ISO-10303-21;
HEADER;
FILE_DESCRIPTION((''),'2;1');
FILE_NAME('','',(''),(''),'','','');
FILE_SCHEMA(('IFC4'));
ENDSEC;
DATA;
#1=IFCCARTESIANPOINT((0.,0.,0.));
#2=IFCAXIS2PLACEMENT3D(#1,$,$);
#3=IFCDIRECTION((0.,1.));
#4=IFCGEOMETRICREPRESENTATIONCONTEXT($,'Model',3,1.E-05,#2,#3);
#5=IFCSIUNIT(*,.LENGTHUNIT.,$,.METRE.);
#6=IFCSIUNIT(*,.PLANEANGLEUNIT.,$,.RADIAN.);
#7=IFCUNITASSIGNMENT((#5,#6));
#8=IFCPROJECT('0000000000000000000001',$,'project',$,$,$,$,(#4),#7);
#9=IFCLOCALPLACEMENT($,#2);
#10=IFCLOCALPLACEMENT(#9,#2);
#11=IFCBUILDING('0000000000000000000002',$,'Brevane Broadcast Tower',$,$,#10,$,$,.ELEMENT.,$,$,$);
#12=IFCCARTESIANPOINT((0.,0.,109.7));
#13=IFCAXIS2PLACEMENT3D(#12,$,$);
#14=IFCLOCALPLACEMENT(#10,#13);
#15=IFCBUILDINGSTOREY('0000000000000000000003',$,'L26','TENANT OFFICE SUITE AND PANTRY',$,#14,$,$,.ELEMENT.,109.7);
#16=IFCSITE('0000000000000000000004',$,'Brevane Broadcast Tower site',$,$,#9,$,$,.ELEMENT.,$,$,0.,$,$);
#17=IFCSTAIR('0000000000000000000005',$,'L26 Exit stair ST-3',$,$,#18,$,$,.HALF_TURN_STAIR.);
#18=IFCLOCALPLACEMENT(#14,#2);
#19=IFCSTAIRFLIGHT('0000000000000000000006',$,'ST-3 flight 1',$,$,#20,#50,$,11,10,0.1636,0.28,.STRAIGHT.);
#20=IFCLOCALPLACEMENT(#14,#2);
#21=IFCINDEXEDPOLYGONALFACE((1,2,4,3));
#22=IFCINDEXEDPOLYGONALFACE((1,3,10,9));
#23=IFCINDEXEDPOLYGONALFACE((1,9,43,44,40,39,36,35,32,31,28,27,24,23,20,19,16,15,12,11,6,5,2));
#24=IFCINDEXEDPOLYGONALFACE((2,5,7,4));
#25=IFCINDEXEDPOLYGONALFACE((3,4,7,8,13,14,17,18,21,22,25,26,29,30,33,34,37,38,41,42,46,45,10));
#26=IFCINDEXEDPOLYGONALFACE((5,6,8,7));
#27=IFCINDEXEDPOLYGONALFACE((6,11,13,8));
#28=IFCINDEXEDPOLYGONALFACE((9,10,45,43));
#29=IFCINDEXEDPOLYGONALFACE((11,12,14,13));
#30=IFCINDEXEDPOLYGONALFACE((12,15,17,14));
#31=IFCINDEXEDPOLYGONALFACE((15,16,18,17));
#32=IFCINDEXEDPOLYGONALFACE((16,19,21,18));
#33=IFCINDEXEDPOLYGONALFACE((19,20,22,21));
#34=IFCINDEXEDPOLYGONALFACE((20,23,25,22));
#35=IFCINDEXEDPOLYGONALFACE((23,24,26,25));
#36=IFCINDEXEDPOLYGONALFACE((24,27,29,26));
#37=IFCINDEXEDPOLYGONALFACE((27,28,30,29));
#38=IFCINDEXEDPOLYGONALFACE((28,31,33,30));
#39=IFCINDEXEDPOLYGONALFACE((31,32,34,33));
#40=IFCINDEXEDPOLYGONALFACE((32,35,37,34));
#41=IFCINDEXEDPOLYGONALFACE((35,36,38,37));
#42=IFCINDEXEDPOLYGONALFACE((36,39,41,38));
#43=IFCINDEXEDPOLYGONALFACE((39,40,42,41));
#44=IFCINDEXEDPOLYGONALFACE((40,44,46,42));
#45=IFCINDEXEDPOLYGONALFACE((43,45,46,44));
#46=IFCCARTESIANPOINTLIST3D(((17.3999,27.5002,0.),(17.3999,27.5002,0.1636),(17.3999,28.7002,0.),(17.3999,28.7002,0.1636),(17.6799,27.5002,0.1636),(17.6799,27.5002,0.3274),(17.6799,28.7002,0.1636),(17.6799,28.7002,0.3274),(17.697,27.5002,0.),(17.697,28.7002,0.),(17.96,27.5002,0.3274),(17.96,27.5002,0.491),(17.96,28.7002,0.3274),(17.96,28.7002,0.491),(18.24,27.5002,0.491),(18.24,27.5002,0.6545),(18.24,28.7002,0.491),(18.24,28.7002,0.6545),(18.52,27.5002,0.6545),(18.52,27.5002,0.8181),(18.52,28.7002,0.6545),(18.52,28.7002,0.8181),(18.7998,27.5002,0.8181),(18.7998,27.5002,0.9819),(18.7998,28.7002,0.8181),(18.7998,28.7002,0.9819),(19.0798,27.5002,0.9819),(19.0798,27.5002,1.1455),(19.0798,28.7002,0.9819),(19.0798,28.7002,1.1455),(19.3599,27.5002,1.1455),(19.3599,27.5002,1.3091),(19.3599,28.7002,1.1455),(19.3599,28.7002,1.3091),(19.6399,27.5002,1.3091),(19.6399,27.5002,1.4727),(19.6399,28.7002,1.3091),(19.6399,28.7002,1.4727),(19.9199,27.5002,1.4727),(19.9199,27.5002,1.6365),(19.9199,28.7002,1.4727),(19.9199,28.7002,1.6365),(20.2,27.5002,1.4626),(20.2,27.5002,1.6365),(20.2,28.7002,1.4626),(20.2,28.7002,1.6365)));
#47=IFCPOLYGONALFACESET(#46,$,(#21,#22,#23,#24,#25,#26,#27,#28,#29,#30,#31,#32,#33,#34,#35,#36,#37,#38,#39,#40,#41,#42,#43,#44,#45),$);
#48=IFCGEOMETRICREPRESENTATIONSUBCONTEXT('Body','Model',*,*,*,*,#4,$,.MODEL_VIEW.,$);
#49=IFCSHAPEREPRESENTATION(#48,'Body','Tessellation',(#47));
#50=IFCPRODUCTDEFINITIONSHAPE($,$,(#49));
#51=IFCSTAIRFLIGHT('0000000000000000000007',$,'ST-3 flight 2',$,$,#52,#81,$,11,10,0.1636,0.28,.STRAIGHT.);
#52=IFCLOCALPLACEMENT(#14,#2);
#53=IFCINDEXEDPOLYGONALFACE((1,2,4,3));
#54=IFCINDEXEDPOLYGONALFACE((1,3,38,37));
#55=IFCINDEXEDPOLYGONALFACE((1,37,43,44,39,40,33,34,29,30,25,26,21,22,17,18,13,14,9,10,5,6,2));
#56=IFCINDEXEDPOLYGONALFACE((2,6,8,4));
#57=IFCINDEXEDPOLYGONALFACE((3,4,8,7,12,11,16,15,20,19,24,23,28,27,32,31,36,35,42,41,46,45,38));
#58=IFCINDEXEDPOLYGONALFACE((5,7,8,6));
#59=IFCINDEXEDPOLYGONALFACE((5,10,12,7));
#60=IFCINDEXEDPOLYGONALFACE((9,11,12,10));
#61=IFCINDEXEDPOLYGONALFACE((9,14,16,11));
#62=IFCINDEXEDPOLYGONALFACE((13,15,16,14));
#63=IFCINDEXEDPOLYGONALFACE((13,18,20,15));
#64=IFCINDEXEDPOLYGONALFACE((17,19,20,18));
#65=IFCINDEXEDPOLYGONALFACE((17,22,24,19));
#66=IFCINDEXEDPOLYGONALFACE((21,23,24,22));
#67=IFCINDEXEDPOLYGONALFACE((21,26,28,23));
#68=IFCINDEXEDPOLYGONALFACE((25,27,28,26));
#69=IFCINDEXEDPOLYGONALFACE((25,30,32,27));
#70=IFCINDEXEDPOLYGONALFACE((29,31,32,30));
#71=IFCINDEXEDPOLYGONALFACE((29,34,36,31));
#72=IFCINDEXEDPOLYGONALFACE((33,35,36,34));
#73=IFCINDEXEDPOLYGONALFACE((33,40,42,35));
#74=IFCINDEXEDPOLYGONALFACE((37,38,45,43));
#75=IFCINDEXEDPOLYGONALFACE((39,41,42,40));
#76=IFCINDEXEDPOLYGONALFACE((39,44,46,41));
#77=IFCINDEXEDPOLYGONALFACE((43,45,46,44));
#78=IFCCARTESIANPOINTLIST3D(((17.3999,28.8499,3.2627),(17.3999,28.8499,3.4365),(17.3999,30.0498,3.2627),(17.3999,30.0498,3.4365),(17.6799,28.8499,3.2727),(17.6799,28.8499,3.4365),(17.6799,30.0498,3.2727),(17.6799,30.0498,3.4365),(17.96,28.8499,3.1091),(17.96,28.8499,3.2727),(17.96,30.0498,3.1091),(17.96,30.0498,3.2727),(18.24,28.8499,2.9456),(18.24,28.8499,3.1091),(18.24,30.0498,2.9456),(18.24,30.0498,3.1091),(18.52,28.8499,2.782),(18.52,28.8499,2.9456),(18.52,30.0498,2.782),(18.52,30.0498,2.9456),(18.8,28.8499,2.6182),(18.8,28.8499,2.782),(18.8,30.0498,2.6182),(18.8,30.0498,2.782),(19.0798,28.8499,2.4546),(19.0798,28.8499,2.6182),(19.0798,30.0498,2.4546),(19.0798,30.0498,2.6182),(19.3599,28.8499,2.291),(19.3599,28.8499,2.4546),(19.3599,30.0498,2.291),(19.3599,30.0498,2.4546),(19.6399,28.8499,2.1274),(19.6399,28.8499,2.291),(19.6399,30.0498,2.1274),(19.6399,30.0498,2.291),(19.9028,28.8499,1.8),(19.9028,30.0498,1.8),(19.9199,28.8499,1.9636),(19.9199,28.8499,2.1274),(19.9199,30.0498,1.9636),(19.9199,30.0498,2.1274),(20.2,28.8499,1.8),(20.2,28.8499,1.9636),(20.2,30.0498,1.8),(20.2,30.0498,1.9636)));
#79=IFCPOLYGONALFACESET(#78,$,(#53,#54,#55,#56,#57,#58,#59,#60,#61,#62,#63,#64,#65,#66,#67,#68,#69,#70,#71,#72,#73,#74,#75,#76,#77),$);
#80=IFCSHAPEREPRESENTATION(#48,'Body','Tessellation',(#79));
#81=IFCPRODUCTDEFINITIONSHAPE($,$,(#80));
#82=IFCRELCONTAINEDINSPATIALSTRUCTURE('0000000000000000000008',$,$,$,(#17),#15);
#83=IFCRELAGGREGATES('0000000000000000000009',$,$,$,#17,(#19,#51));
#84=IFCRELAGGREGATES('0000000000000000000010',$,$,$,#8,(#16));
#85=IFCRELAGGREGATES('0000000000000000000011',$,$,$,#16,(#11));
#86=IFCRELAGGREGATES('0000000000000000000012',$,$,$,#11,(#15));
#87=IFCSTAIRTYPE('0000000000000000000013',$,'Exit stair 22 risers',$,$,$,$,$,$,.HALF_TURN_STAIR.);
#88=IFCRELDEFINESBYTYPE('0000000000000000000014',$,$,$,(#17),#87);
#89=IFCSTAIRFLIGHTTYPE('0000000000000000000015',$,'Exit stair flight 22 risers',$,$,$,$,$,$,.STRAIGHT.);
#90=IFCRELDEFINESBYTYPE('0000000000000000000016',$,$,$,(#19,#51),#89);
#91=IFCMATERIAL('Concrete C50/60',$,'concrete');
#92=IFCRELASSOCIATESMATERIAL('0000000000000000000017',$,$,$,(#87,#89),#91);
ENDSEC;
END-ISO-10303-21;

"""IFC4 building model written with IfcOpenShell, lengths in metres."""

from ifc_helpers import new_model, si_unit, direction, frame, origin, place, context, subcontext, project, spatial, polyline, outline, extrude, material, type_object, element, aggregate, save


model = new_model("IFC4")

# Units and contexts
model_context = context("Model", 3, precision=1e-05, world=origin(), true_north=direction((0.0, 1.0)))
body_context = subcontext(model_context, "Body", "Model", "MODEL_VIEW")
ifc_project = project(units=[si_unit("LENGTHUNIT", "METRE"), si_unit("PLANEANGLEUNIT", "RADIAN")], contexts=[model_context])

# Site, building, storey
site_placement = place(None, origin())
site = spatial("IfcSite", under=ifc_project, at=site_placement, Name="Brevane Broadcast Tower site", CompositionType="ELEMENT", RefElevation=0.0)
building_placement = place(site_placement, origin())
building = spatial("IfcBuilding", under=site, at=building_placement, Name="Brevane Broadcast Tower", CompositionType="ELEMENT")
storey_placement = place(building_placement, frame((0.0, 0.0, 109.7)))
storey = spatial("IfcBuildingStorey", under=building, at=storey_placement, Name="L26", Description="TENANT OFFICE SUITE AND PANTRY", CompositionType="ELEMENT", Elevation=109.7)

# Stair, stair flights
ifc_material_1 = material(Name="Concrete C50/60", Category="concrete")
stair_type = type_object("IfcStairType", Name="Exit stair 22 risers", PredefinedType="HALF_TURN_STAIR", material=ifc_material_1)
stair_placement = place(storey_placement, origin())
stair = element("IfcStair", 1, at=stair_placement, inside=storey, type_object=stair_type, Name="L26 Exit stair ST-3", PredefinedType="HALF_TURN_STAIR")
stair_flight_type = type_object("IfcStairFlightType", Name="Exit stair flight 22 risers", PredefinedType="STRAIGHT", material=ifc_material_1)
stair_flight_1_placement = place(storey_placement, frame((17.3999, 28.1001, 0.0), z_axis=(0.0, 0.0, 1.0), x_axis=(1.0, 0.0, 0.0)))
stair_flight_1 = element("IfcStairFlight", 2, at=stair_flight_1_placement, type_object=stair_flight_type, Name="ST-3 flight 1", NumberOfRisers=11, NumberOfTreads=10, PredefinedType="STRAIGHT", RiserHeight=0.1636, TreadLength=0.28, context=body_context, shape_type="SweptSolid", body=[
    extrude(outline(polyline([(0.0, 0.0), (0.0, 0.1636), (0.28, 0.1636), (0.28, 0.3274), (0.5601, 0.3274), (0.5601, 0.491), (0.8401, 0.491), (0.8401, 0.6545), (1.1201, 0.6545), (1.1201, 0.8181), (1.3999, 0.8181), (1.3999, 0.9819), (1.6799, 0.9819), (1.6799, 1.1455), (1.96, 1.1455), (1.96, 1.3091), (2.24, 1.3091), (2.24, 1.4727), (2.52, 1.4727), (2.52, 1.6365), (2.8, 1.6365), (2.8, 1.8), (2.8, 1.4626), (0.2971, 0.0), (0.0, 0.0)])), frame((0.0, 0.6001, 0.0), z_axis=(0.0, -1.0, 0.0), x_axis=(1.0, 0.0, 0.0)), (0.0, 0.0, 1.0), 1.2),
])
stair_flight_2_placement = place(storey_placement, frame((20.2, 29.45, 1.8), z_axis=(0.0, 0.0, 1.0), x_axis=(-1.0, 0.0, 0.0)))
stair_flight_2 = element("IfcStairFlight", 3, at=stair_flight_2_placement, type_object=stair_flight_type, Name="ST-3 flight 2", NumberOfRisers=11, NumberOfTreads=10, PredefinedType="STRAIGHT", RiserHeight=0.1636, TreadLength=0.28, context=body_context, shape_type="SweptSolid", body=[
    extrude(outline(polyline([(0.0, 0.0), (0.0, 0.1636), (0.28, 0.1636), (0.28, 0.3274), (0.5601, 0.3274), (0.5601, 0.491), (0.8401, 0.491), (0.8401, 0.6545), (1.1201, 0.6545), (1.1201, 0.8181), (1.3999, 0.8181), (1.3999, 0.9819), (1.6799, 0.9819), (1.6799, 1.1455), (1.96, 1.1455), (1.96, 1.3091), (2.24, 1.3091), (2.24, 1.4727), (2.52, 1.4727), (2.52, 1.6365), (2.8, 1.6365), (2.8, 1.8), (2.8, 1.4626), (0.2971, 0.0), (0.0, 0.0)])), frame((0.0, 0.6001, 0.0), z_axis=(0.0, -1.0, 0.0), x_axis=(1.0, 0.0, 0.0)), (0.0, 0.0, 1.0), 1.2),
])
aggregate(stair, [stair_flight_1, stair_flight_2])

save(model, "model.ifc")
